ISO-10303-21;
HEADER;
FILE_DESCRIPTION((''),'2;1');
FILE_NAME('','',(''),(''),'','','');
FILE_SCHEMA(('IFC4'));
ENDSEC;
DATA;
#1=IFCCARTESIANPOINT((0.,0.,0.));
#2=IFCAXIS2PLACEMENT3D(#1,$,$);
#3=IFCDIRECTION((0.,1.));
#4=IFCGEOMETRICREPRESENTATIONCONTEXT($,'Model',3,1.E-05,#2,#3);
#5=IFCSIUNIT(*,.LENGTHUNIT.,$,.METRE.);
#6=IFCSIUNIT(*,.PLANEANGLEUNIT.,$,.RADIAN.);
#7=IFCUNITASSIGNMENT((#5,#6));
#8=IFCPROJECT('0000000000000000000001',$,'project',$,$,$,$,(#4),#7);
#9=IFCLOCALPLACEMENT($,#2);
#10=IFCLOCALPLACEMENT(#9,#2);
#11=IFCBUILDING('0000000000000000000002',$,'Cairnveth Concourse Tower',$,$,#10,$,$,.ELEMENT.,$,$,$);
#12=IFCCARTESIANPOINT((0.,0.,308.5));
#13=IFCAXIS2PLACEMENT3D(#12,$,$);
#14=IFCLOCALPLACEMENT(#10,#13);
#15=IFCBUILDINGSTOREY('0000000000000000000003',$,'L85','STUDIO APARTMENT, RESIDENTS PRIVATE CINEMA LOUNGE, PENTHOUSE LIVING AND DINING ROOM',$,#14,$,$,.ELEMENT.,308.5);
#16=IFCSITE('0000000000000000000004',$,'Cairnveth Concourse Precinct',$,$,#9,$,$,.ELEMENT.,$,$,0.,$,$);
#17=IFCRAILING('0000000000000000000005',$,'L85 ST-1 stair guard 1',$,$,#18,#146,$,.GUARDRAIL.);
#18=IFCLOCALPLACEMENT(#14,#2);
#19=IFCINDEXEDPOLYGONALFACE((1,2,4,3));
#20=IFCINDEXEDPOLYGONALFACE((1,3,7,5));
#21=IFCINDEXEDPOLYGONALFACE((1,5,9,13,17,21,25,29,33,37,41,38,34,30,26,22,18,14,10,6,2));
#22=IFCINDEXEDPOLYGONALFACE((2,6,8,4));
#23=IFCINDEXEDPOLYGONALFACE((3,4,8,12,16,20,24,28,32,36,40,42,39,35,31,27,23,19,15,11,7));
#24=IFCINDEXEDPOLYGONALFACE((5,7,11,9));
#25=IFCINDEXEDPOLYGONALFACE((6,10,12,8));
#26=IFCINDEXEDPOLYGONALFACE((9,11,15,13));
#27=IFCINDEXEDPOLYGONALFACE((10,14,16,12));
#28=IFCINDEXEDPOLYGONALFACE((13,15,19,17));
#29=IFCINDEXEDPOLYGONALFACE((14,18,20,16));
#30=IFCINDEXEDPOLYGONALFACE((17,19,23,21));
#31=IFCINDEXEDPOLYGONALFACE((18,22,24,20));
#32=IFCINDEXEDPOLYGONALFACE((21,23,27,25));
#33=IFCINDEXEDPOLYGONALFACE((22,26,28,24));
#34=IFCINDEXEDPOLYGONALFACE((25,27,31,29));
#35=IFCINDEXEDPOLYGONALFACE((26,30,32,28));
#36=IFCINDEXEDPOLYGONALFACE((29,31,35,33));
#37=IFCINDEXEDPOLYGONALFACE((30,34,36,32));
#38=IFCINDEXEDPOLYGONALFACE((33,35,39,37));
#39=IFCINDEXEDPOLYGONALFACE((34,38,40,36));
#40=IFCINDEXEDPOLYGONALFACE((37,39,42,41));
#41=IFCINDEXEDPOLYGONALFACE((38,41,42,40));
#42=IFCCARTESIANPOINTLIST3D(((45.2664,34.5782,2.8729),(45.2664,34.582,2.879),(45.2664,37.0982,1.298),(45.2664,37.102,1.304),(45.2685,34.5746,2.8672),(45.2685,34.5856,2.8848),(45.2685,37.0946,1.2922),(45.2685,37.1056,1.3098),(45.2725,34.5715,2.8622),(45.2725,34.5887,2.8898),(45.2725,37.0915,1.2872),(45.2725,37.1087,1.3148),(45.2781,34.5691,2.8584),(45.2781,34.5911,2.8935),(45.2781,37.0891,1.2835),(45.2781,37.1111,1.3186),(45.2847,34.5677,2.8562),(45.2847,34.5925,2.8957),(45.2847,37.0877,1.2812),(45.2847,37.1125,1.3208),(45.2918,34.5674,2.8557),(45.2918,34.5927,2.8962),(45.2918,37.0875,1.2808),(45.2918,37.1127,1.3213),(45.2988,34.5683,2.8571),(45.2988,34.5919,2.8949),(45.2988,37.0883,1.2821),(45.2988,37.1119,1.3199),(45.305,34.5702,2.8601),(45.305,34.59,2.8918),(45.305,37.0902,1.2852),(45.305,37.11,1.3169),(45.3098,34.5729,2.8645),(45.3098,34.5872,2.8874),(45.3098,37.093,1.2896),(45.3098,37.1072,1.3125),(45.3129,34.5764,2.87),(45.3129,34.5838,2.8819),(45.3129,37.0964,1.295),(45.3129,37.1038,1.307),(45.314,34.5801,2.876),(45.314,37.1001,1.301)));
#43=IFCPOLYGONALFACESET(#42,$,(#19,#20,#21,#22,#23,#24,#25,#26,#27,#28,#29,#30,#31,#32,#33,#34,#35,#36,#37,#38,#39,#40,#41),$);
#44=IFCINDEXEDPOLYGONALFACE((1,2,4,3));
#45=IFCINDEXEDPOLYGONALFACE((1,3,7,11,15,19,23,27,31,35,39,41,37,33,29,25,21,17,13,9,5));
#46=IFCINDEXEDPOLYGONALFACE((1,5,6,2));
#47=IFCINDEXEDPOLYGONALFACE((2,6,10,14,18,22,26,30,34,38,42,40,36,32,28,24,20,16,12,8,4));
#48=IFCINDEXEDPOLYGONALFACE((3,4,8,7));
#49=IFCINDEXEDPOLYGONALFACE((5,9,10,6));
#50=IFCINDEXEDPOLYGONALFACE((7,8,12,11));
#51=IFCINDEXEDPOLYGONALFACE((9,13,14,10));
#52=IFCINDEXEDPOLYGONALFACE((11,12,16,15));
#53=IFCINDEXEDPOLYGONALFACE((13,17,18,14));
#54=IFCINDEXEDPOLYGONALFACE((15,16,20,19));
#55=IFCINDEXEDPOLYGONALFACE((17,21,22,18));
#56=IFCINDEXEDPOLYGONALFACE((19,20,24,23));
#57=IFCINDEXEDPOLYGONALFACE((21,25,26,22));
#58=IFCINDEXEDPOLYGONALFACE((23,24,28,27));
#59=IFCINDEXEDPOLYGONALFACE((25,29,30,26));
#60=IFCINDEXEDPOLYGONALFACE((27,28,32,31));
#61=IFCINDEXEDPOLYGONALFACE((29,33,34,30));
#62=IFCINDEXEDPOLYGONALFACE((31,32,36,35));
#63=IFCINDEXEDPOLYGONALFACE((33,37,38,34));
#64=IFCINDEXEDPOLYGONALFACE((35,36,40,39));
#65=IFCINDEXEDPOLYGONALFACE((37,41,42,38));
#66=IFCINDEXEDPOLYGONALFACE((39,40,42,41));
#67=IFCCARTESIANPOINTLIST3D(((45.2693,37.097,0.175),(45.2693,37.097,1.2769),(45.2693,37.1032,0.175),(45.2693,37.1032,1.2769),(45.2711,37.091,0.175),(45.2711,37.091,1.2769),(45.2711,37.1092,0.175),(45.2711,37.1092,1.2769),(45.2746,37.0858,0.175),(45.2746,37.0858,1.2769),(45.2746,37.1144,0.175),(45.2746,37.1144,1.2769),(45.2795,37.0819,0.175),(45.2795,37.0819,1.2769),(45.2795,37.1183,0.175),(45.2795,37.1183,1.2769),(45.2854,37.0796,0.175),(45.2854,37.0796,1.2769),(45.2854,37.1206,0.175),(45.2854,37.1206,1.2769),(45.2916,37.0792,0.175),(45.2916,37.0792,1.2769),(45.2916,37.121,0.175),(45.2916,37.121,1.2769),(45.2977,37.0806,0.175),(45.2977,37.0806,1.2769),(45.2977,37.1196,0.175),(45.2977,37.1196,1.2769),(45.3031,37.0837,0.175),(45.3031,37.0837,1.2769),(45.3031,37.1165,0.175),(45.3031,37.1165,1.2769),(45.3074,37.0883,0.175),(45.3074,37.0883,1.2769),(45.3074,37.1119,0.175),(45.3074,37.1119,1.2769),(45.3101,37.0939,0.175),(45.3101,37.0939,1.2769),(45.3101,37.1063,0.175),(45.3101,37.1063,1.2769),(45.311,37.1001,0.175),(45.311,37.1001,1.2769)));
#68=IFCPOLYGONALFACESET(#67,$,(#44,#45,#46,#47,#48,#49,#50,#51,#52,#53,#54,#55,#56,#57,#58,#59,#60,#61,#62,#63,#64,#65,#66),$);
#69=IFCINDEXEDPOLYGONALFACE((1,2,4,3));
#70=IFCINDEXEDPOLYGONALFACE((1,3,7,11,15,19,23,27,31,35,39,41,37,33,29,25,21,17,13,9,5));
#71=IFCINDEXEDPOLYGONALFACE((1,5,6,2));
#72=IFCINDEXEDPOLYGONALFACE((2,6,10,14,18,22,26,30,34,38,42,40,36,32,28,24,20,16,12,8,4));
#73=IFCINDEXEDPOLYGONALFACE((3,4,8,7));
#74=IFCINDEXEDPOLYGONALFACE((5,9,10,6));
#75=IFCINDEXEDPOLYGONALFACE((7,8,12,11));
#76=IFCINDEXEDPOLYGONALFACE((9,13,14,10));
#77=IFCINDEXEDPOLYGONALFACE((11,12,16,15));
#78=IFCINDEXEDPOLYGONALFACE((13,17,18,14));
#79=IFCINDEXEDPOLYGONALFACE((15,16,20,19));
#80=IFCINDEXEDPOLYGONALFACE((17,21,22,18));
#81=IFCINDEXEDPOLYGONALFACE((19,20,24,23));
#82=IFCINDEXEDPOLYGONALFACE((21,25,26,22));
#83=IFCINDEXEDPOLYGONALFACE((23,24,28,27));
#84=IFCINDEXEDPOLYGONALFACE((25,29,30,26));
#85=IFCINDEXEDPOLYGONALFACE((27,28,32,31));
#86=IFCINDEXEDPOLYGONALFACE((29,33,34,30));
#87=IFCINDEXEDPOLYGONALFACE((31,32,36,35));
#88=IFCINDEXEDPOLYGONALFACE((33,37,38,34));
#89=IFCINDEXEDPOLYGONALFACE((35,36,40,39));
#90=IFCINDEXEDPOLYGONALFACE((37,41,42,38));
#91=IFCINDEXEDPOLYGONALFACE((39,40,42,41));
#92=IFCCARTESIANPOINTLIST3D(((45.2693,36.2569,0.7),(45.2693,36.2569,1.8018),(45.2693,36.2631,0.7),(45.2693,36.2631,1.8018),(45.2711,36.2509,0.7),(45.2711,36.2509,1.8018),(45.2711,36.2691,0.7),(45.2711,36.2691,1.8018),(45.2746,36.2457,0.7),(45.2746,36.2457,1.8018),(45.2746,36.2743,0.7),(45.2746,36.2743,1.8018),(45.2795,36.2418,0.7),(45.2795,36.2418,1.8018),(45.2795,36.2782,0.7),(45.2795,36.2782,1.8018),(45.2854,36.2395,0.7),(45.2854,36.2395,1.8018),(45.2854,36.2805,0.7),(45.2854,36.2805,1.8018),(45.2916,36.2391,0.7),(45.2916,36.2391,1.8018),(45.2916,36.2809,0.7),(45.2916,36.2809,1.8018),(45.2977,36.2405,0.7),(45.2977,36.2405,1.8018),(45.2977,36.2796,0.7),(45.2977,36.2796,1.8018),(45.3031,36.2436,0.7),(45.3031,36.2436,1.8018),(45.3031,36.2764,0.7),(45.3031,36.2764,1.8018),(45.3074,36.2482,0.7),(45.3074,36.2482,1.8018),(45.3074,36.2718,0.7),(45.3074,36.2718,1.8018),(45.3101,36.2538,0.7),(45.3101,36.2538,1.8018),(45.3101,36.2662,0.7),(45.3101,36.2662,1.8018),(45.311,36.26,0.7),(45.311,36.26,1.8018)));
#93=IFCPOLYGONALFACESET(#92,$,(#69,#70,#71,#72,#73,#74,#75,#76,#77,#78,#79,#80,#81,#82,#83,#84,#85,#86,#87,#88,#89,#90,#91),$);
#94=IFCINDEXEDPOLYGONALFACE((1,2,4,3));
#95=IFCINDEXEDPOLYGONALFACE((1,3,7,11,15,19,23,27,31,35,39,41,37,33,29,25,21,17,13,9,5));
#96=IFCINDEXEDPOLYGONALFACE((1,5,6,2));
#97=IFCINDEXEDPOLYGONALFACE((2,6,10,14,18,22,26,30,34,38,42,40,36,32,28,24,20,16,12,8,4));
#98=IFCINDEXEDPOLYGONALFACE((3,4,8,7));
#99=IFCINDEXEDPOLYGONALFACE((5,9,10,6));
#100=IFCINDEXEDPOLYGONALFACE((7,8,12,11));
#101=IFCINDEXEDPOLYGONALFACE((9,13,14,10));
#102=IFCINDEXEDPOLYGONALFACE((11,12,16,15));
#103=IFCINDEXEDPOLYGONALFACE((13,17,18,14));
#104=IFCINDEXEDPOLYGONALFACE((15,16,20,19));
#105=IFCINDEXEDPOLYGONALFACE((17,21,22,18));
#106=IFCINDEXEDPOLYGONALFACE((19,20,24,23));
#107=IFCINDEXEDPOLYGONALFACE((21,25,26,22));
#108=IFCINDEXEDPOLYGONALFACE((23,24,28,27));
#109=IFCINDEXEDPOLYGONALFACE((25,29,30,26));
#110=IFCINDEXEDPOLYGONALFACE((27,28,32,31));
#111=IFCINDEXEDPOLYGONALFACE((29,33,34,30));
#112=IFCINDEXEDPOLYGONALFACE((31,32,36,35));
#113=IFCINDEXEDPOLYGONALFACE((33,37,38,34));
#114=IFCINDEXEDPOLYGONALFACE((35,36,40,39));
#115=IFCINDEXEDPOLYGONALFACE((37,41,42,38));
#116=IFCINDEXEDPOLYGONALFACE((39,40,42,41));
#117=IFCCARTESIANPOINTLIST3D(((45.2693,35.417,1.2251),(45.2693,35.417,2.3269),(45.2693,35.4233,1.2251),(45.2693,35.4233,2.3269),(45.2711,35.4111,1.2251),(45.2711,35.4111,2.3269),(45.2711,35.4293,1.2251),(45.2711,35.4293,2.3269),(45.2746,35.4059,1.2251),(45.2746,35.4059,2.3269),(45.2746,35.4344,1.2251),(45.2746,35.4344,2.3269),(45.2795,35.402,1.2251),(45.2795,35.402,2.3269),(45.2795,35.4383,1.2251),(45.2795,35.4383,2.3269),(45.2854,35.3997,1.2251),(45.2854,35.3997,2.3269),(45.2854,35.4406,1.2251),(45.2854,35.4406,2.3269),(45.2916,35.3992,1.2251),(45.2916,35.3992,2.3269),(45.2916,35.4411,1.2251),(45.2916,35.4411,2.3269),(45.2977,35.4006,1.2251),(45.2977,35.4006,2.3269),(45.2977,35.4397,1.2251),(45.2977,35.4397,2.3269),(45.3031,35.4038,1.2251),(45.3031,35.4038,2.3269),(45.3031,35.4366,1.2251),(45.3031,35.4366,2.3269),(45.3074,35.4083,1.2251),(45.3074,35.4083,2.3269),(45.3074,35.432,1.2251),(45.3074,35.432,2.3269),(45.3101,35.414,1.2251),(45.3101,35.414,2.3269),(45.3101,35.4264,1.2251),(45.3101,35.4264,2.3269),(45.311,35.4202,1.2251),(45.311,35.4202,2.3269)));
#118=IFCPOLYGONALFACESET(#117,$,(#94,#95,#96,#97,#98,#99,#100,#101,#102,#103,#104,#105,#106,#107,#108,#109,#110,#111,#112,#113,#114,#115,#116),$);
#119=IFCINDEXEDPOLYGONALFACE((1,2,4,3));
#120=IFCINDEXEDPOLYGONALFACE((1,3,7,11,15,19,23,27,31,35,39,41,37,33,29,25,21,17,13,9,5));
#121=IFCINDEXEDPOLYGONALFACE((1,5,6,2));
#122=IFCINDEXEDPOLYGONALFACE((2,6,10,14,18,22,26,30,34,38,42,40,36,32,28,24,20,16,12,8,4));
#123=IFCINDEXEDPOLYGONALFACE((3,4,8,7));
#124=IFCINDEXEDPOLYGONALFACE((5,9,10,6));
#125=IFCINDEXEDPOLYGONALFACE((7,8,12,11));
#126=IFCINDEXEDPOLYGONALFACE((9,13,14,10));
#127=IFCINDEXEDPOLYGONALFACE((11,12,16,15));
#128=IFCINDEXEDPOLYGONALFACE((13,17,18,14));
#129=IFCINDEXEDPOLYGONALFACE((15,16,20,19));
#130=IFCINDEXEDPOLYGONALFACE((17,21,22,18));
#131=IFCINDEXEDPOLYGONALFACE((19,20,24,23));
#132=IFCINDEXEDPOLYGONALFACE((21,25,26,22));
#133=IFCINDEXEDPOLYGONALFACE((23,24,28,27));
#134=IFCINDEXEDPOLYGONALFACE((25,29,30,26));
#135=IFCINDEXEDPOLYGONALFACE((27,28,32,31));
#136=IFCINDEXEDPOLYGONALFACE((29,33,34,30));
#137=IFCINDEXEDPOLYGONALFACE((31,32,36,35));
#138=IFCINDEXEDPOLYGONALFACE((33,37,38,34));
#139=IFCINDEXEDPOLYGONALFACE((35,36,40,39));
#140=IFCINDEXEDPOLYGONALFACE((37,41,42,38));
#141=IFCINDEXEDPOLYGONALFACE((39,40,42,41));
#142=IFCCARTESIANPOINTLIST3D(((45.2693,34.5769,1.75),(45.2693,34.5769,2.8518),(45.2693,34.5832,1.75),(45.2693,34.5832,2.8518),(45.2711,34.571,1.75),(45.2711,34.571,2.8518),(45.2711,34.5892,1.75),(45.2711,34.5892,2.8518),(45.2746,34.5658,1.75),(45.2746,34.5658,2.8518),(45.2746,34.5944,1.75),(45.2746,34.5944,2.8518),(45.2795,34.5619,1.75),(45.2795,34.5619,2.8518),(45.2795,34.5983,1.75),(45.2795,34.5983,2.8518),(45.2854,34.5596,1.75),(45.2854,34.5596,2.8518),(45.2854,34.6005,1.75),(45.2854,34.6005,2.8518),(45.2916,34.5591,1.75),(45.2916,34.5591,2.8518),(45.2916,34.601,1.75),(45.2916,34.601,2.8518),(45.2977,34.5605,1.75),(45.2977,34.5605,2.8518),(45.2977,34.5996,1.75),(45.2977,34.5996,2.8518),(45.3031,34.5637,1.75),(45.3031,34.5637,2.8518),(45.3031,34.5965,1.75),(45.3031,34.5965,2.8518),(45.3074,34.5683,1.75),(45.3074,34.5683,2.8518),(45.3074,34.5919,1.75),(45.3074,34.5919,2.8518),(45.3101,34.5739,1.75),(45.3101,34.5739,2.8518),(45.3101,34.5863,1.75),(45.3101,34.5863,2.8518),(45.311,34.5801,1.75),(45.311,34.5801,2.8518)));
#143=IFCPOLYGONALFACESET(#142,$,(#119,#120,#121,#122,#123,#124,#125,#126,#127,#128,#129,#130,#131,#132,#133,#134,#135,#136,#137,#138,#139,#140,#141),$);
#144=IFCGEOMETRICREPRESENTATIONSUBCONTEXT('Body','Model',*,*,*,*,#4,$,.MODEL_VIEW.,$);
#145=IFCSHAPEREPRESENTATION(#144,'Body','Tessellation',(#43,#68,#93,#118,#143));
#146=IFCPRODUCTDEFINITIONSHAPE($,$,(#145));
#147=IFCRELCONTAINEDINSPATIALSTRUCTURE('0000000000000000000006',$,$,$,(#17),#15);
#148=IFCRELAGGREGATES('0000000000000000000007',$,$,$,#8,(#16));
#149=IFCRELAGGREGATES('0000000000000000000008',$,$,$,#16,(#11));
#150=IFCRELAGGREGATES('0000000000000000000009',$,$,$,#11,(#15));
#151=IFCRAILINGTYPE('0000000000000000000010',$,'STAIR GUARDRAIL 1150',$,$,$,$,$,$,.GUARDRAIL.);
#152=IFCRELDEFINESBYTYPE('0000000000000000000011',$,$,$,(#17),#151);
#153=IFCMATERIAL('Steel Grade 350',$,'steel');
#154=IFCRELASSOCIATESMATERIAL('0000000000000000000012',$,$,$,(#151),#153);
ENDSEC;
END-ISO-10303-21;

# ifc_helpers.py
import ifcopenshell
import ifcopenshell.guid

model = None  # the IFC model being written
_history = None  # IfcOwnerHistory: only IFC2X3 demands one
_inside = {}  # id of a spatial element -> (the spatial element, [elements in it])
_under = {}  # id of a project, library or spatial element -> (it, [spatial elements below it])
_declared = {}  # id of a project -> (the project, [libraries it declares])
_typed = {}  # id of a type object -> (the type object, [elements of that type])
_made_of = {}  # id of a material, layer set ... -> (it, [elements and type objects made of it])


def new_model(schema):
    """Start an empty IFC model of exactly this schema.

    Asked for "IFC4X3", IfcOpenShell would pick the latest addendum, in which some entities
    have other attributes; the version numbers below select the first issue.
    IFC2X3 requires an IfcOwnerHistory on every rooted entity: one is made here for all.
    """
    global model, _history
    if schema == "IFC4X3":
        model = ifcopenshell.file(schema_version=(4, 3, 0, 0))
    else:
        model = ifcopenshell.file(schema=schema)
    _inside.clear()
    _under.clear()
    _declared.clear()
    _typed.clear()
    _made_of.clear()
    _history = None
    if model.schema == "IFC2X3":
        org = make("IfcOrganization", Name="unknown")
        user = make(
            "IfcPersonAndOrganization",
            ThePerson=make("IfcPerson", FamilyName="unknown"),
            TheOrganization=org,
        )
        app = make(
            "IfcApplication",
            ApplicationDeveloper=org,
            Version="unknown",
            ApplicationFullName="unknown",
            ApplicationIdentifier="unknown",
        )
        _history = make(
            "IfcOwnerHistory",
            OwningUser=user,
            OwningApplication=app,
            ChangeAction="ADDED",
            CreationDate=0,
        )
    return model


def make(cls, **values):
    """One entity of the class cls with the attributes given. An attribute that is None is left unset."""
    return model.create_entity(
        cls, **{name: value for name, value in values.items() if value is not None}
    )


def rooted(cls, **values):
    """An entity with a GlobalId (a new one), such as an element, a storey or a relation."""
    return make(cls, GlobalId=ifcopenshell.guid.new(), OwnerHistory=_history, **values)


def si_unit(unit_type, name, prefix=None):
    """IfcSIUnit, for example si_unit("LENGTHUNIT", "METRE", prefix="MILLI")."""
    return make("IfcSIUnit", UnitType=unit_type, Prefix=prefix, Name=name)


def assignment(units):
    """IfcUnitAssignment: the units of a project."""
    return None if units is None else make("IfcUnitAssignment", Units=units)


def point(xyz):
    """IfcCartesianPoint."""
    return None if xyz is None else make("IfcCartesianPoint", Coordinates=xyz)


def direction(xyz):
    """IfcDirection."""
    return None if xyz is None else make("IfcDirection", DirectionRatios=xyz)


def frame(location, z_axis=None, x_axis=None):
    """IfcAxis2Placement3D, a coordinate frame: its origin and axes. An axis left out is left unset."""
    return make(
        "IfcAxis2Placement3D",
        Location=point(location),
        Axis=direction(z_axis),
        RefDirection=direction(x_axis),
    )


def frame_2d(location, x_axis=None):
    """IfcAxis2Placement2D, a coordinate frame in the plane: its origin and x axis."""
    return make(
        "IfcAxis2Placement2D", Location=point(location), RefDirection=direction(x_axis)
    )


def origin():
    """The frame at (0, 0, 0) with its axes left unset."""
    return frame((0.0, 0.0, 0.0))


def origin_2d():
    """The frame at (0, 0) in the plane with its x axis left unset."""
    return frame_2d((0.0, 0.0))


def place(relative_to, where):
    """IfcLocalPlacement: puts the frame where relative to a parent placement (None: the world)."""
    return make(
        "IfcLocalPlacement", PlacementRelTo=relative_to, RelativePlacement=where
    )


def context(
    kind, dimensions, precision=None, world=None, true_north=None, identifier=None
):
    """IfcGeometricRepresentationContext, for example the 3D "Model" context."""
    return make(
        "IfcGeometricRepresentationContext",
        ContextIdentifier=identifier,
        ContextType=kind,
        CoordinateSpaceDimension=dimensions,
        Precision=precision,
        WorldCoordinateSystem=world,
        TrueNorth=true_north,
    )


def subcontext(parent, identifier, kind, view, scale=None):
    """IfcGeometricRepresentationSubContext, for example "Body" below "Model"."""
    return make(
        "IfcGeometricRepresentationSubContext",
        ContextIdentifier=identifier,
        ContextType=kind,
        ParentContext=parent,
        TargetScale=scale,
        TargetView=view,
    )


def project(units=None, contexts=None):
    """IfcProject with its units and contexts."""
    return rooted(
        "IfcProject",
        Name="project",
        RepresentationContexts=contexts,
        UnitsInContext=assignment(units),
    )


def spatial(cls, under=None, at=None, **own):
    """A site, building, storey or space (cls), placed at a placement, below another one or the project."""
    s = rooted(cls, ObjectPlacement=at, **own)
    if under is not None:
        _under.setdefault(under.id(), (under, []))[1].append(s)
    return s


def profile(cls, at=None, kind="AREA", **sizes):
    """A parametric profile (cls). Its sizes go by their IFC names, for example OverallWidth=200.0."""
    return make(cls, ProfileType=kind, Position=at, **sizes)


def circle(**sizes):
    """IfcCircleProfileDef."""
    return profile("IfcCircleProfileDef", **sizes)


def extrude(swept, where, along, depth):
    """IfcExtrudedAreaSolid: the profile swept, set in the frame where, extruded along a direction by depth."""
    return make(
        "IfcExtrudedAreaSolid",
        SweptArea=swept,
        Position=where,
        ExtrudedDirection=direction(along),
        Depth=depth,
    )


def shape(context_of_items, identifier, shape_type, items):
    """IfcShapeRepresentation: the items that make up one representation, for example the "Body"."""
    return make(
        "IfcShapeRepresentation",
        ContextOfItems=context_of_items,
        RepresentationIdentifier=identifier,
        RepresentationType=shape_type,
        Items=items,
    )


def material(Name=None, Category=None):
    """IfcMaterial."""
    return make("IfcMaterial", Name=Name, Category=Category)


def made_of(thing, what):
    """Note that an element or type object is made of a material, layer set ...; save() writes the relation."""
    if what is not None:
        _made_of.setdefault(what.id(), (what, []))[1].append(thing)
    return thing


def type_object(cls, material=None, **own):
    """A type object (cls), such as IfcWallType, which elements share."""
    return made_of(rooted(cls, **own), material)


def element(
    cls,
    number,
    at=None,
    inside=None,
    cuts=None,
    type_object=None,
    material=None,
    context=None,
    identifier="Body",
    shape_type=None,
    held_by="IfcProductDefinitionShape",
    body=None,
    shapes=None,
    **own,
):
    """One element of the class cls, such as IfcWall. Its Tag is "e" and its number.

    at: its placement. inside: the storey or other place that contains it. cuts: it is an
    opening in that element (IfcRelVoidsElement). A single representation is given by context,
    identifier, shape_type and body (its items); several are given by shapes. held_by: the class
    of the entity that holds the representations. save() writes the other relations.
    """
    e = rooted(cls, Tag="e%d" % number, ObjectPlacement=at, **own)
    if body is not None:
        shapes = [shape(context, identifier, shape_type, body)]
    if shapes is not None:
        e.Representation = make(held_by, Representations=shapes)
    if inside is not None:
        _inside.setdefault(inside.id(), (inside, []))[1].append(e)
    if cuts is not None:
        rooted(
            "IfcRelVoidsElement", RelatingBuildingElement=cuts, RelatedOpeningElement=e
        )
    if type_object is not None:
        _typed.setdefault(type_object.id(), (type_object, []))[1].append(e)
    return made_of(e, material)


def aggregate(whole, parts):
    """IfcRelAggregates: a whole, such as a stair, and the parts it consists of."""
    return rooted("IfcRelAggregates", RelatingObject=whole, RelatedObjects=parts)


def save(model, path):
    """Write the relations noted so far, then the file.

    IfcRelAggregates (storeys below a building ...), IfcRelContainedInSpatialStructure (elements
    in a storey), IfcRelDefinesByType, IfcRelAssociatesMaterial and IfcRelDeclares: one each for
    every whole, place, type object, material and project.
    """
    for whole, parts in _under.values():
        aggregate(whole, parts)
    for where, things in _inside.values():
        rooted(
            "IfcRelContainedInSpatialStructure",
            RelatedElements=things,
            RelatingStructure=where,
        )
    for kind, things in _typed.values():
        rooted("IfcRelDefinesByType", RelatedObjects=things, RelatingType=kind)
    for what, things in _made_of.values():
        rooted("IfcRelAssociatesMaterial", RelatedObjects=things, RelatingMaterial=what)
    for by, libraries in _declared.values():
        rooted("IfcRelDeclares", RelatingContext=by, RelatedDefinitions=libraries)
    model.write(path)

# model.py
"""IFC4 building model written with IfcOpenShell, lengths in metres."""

from ifc_helpers import new_model, si_unit, direction, frame, origin, origin_2d, place, context, subcontext, project, spatial, circle, extrude, material, type_object, element, save


model = new_model("IFC4")

# Units and contexts
model_context = context("Model", 3, precision=1e-05, world=origin(), true_north=direction((0.0, 1.0)))
body_context = subcontext(model_context, "Body", "Model", "MODEL_VIEW")
ifc_project = project(units=[si_unit("LENGTHUNIT", "METRE"), si_unit("PLANEANGLEUNIT", "RADIAN")], contexts=[model_context])

# Site, building, storey
site_placement = place(None, origin())
site = spatial("IfcSite", under=ifc_project, at=site_placement, Name="Cairnveth Concourse Precinct", CompositionType="ELEMENT", RefElevation=0.0)
building_placement = place(site_placement, origin())
building = spatial("IfcBuilding", under=site, at=building_placement, Name="Cairnveth Concourse Tower", CompositionType="ELEMENT")
storey_placement = place(building_placement, frame((0.0, 0.0, 308.5)))
storey = spatial("IfcBuildingStorey", under=building, at=storey_placement, Name="L85", Description="STUDIO APARTMENT, RESIDENTS PRIVATE CINEMA LOUNGE, PENTHOUSE LIVING AND DINING ROOM", CompositionType="ELEMENT", Elevation=308.5)

# Shared definitions
ifc_material_1 = material(Name="Steel Grade 350", Category="steel")

# Railing
railing_type_1 = type_object("IfcRailingType", Name="STAIR GUARDRAIL 1150", PredefinedType="GUARDRAIL", material=ifc_material_1)
railing_1_placement = place(storey_placement, frame((45.29, 37.1001, 0.175)))
element("IfcRailing", 1, at=railing_1_placement, inside=storey, type_object=railing_type_1, Name="L85 ST-1 stair guard 1", PredefinedType="GUARDRAIL", context=body_context, shape_type="SweptSolid", body=[
    extrude(circle(Radius=0.0239, at=origin_2d()), frame((0.0, 0.0, 1.126), z_axis=(0.0, -0.848008, 0.529984), x_axis=(1.0, 0.0, 0.0)), (0.0, 0.0, 1.0), 2.9717),
    extrude(circle(Radius=0.021, at=origin_2d()), origin(), (0.0, 0.0, 1.0), 1.1018),
    extrude(circle(Radius=0.021, at=origin_2d()), frame((0.0, -0.8401, 0.5249)), (0.0, 0.0, 1.0), 1.1018),
    extrude(circle(Radius=0.021, at=origin_2d()), frame((0.0, -1.6799, 1.05)), (0.0, 0.0, 1.0), 1.1018),
    extrude(circle(Radius=0.021, at=origin_2d()), frame((0.0, -2.52, 1.575)), (0.0, 0.0, 1.0), 1.1018),
])

save(model, "model.ifc")
